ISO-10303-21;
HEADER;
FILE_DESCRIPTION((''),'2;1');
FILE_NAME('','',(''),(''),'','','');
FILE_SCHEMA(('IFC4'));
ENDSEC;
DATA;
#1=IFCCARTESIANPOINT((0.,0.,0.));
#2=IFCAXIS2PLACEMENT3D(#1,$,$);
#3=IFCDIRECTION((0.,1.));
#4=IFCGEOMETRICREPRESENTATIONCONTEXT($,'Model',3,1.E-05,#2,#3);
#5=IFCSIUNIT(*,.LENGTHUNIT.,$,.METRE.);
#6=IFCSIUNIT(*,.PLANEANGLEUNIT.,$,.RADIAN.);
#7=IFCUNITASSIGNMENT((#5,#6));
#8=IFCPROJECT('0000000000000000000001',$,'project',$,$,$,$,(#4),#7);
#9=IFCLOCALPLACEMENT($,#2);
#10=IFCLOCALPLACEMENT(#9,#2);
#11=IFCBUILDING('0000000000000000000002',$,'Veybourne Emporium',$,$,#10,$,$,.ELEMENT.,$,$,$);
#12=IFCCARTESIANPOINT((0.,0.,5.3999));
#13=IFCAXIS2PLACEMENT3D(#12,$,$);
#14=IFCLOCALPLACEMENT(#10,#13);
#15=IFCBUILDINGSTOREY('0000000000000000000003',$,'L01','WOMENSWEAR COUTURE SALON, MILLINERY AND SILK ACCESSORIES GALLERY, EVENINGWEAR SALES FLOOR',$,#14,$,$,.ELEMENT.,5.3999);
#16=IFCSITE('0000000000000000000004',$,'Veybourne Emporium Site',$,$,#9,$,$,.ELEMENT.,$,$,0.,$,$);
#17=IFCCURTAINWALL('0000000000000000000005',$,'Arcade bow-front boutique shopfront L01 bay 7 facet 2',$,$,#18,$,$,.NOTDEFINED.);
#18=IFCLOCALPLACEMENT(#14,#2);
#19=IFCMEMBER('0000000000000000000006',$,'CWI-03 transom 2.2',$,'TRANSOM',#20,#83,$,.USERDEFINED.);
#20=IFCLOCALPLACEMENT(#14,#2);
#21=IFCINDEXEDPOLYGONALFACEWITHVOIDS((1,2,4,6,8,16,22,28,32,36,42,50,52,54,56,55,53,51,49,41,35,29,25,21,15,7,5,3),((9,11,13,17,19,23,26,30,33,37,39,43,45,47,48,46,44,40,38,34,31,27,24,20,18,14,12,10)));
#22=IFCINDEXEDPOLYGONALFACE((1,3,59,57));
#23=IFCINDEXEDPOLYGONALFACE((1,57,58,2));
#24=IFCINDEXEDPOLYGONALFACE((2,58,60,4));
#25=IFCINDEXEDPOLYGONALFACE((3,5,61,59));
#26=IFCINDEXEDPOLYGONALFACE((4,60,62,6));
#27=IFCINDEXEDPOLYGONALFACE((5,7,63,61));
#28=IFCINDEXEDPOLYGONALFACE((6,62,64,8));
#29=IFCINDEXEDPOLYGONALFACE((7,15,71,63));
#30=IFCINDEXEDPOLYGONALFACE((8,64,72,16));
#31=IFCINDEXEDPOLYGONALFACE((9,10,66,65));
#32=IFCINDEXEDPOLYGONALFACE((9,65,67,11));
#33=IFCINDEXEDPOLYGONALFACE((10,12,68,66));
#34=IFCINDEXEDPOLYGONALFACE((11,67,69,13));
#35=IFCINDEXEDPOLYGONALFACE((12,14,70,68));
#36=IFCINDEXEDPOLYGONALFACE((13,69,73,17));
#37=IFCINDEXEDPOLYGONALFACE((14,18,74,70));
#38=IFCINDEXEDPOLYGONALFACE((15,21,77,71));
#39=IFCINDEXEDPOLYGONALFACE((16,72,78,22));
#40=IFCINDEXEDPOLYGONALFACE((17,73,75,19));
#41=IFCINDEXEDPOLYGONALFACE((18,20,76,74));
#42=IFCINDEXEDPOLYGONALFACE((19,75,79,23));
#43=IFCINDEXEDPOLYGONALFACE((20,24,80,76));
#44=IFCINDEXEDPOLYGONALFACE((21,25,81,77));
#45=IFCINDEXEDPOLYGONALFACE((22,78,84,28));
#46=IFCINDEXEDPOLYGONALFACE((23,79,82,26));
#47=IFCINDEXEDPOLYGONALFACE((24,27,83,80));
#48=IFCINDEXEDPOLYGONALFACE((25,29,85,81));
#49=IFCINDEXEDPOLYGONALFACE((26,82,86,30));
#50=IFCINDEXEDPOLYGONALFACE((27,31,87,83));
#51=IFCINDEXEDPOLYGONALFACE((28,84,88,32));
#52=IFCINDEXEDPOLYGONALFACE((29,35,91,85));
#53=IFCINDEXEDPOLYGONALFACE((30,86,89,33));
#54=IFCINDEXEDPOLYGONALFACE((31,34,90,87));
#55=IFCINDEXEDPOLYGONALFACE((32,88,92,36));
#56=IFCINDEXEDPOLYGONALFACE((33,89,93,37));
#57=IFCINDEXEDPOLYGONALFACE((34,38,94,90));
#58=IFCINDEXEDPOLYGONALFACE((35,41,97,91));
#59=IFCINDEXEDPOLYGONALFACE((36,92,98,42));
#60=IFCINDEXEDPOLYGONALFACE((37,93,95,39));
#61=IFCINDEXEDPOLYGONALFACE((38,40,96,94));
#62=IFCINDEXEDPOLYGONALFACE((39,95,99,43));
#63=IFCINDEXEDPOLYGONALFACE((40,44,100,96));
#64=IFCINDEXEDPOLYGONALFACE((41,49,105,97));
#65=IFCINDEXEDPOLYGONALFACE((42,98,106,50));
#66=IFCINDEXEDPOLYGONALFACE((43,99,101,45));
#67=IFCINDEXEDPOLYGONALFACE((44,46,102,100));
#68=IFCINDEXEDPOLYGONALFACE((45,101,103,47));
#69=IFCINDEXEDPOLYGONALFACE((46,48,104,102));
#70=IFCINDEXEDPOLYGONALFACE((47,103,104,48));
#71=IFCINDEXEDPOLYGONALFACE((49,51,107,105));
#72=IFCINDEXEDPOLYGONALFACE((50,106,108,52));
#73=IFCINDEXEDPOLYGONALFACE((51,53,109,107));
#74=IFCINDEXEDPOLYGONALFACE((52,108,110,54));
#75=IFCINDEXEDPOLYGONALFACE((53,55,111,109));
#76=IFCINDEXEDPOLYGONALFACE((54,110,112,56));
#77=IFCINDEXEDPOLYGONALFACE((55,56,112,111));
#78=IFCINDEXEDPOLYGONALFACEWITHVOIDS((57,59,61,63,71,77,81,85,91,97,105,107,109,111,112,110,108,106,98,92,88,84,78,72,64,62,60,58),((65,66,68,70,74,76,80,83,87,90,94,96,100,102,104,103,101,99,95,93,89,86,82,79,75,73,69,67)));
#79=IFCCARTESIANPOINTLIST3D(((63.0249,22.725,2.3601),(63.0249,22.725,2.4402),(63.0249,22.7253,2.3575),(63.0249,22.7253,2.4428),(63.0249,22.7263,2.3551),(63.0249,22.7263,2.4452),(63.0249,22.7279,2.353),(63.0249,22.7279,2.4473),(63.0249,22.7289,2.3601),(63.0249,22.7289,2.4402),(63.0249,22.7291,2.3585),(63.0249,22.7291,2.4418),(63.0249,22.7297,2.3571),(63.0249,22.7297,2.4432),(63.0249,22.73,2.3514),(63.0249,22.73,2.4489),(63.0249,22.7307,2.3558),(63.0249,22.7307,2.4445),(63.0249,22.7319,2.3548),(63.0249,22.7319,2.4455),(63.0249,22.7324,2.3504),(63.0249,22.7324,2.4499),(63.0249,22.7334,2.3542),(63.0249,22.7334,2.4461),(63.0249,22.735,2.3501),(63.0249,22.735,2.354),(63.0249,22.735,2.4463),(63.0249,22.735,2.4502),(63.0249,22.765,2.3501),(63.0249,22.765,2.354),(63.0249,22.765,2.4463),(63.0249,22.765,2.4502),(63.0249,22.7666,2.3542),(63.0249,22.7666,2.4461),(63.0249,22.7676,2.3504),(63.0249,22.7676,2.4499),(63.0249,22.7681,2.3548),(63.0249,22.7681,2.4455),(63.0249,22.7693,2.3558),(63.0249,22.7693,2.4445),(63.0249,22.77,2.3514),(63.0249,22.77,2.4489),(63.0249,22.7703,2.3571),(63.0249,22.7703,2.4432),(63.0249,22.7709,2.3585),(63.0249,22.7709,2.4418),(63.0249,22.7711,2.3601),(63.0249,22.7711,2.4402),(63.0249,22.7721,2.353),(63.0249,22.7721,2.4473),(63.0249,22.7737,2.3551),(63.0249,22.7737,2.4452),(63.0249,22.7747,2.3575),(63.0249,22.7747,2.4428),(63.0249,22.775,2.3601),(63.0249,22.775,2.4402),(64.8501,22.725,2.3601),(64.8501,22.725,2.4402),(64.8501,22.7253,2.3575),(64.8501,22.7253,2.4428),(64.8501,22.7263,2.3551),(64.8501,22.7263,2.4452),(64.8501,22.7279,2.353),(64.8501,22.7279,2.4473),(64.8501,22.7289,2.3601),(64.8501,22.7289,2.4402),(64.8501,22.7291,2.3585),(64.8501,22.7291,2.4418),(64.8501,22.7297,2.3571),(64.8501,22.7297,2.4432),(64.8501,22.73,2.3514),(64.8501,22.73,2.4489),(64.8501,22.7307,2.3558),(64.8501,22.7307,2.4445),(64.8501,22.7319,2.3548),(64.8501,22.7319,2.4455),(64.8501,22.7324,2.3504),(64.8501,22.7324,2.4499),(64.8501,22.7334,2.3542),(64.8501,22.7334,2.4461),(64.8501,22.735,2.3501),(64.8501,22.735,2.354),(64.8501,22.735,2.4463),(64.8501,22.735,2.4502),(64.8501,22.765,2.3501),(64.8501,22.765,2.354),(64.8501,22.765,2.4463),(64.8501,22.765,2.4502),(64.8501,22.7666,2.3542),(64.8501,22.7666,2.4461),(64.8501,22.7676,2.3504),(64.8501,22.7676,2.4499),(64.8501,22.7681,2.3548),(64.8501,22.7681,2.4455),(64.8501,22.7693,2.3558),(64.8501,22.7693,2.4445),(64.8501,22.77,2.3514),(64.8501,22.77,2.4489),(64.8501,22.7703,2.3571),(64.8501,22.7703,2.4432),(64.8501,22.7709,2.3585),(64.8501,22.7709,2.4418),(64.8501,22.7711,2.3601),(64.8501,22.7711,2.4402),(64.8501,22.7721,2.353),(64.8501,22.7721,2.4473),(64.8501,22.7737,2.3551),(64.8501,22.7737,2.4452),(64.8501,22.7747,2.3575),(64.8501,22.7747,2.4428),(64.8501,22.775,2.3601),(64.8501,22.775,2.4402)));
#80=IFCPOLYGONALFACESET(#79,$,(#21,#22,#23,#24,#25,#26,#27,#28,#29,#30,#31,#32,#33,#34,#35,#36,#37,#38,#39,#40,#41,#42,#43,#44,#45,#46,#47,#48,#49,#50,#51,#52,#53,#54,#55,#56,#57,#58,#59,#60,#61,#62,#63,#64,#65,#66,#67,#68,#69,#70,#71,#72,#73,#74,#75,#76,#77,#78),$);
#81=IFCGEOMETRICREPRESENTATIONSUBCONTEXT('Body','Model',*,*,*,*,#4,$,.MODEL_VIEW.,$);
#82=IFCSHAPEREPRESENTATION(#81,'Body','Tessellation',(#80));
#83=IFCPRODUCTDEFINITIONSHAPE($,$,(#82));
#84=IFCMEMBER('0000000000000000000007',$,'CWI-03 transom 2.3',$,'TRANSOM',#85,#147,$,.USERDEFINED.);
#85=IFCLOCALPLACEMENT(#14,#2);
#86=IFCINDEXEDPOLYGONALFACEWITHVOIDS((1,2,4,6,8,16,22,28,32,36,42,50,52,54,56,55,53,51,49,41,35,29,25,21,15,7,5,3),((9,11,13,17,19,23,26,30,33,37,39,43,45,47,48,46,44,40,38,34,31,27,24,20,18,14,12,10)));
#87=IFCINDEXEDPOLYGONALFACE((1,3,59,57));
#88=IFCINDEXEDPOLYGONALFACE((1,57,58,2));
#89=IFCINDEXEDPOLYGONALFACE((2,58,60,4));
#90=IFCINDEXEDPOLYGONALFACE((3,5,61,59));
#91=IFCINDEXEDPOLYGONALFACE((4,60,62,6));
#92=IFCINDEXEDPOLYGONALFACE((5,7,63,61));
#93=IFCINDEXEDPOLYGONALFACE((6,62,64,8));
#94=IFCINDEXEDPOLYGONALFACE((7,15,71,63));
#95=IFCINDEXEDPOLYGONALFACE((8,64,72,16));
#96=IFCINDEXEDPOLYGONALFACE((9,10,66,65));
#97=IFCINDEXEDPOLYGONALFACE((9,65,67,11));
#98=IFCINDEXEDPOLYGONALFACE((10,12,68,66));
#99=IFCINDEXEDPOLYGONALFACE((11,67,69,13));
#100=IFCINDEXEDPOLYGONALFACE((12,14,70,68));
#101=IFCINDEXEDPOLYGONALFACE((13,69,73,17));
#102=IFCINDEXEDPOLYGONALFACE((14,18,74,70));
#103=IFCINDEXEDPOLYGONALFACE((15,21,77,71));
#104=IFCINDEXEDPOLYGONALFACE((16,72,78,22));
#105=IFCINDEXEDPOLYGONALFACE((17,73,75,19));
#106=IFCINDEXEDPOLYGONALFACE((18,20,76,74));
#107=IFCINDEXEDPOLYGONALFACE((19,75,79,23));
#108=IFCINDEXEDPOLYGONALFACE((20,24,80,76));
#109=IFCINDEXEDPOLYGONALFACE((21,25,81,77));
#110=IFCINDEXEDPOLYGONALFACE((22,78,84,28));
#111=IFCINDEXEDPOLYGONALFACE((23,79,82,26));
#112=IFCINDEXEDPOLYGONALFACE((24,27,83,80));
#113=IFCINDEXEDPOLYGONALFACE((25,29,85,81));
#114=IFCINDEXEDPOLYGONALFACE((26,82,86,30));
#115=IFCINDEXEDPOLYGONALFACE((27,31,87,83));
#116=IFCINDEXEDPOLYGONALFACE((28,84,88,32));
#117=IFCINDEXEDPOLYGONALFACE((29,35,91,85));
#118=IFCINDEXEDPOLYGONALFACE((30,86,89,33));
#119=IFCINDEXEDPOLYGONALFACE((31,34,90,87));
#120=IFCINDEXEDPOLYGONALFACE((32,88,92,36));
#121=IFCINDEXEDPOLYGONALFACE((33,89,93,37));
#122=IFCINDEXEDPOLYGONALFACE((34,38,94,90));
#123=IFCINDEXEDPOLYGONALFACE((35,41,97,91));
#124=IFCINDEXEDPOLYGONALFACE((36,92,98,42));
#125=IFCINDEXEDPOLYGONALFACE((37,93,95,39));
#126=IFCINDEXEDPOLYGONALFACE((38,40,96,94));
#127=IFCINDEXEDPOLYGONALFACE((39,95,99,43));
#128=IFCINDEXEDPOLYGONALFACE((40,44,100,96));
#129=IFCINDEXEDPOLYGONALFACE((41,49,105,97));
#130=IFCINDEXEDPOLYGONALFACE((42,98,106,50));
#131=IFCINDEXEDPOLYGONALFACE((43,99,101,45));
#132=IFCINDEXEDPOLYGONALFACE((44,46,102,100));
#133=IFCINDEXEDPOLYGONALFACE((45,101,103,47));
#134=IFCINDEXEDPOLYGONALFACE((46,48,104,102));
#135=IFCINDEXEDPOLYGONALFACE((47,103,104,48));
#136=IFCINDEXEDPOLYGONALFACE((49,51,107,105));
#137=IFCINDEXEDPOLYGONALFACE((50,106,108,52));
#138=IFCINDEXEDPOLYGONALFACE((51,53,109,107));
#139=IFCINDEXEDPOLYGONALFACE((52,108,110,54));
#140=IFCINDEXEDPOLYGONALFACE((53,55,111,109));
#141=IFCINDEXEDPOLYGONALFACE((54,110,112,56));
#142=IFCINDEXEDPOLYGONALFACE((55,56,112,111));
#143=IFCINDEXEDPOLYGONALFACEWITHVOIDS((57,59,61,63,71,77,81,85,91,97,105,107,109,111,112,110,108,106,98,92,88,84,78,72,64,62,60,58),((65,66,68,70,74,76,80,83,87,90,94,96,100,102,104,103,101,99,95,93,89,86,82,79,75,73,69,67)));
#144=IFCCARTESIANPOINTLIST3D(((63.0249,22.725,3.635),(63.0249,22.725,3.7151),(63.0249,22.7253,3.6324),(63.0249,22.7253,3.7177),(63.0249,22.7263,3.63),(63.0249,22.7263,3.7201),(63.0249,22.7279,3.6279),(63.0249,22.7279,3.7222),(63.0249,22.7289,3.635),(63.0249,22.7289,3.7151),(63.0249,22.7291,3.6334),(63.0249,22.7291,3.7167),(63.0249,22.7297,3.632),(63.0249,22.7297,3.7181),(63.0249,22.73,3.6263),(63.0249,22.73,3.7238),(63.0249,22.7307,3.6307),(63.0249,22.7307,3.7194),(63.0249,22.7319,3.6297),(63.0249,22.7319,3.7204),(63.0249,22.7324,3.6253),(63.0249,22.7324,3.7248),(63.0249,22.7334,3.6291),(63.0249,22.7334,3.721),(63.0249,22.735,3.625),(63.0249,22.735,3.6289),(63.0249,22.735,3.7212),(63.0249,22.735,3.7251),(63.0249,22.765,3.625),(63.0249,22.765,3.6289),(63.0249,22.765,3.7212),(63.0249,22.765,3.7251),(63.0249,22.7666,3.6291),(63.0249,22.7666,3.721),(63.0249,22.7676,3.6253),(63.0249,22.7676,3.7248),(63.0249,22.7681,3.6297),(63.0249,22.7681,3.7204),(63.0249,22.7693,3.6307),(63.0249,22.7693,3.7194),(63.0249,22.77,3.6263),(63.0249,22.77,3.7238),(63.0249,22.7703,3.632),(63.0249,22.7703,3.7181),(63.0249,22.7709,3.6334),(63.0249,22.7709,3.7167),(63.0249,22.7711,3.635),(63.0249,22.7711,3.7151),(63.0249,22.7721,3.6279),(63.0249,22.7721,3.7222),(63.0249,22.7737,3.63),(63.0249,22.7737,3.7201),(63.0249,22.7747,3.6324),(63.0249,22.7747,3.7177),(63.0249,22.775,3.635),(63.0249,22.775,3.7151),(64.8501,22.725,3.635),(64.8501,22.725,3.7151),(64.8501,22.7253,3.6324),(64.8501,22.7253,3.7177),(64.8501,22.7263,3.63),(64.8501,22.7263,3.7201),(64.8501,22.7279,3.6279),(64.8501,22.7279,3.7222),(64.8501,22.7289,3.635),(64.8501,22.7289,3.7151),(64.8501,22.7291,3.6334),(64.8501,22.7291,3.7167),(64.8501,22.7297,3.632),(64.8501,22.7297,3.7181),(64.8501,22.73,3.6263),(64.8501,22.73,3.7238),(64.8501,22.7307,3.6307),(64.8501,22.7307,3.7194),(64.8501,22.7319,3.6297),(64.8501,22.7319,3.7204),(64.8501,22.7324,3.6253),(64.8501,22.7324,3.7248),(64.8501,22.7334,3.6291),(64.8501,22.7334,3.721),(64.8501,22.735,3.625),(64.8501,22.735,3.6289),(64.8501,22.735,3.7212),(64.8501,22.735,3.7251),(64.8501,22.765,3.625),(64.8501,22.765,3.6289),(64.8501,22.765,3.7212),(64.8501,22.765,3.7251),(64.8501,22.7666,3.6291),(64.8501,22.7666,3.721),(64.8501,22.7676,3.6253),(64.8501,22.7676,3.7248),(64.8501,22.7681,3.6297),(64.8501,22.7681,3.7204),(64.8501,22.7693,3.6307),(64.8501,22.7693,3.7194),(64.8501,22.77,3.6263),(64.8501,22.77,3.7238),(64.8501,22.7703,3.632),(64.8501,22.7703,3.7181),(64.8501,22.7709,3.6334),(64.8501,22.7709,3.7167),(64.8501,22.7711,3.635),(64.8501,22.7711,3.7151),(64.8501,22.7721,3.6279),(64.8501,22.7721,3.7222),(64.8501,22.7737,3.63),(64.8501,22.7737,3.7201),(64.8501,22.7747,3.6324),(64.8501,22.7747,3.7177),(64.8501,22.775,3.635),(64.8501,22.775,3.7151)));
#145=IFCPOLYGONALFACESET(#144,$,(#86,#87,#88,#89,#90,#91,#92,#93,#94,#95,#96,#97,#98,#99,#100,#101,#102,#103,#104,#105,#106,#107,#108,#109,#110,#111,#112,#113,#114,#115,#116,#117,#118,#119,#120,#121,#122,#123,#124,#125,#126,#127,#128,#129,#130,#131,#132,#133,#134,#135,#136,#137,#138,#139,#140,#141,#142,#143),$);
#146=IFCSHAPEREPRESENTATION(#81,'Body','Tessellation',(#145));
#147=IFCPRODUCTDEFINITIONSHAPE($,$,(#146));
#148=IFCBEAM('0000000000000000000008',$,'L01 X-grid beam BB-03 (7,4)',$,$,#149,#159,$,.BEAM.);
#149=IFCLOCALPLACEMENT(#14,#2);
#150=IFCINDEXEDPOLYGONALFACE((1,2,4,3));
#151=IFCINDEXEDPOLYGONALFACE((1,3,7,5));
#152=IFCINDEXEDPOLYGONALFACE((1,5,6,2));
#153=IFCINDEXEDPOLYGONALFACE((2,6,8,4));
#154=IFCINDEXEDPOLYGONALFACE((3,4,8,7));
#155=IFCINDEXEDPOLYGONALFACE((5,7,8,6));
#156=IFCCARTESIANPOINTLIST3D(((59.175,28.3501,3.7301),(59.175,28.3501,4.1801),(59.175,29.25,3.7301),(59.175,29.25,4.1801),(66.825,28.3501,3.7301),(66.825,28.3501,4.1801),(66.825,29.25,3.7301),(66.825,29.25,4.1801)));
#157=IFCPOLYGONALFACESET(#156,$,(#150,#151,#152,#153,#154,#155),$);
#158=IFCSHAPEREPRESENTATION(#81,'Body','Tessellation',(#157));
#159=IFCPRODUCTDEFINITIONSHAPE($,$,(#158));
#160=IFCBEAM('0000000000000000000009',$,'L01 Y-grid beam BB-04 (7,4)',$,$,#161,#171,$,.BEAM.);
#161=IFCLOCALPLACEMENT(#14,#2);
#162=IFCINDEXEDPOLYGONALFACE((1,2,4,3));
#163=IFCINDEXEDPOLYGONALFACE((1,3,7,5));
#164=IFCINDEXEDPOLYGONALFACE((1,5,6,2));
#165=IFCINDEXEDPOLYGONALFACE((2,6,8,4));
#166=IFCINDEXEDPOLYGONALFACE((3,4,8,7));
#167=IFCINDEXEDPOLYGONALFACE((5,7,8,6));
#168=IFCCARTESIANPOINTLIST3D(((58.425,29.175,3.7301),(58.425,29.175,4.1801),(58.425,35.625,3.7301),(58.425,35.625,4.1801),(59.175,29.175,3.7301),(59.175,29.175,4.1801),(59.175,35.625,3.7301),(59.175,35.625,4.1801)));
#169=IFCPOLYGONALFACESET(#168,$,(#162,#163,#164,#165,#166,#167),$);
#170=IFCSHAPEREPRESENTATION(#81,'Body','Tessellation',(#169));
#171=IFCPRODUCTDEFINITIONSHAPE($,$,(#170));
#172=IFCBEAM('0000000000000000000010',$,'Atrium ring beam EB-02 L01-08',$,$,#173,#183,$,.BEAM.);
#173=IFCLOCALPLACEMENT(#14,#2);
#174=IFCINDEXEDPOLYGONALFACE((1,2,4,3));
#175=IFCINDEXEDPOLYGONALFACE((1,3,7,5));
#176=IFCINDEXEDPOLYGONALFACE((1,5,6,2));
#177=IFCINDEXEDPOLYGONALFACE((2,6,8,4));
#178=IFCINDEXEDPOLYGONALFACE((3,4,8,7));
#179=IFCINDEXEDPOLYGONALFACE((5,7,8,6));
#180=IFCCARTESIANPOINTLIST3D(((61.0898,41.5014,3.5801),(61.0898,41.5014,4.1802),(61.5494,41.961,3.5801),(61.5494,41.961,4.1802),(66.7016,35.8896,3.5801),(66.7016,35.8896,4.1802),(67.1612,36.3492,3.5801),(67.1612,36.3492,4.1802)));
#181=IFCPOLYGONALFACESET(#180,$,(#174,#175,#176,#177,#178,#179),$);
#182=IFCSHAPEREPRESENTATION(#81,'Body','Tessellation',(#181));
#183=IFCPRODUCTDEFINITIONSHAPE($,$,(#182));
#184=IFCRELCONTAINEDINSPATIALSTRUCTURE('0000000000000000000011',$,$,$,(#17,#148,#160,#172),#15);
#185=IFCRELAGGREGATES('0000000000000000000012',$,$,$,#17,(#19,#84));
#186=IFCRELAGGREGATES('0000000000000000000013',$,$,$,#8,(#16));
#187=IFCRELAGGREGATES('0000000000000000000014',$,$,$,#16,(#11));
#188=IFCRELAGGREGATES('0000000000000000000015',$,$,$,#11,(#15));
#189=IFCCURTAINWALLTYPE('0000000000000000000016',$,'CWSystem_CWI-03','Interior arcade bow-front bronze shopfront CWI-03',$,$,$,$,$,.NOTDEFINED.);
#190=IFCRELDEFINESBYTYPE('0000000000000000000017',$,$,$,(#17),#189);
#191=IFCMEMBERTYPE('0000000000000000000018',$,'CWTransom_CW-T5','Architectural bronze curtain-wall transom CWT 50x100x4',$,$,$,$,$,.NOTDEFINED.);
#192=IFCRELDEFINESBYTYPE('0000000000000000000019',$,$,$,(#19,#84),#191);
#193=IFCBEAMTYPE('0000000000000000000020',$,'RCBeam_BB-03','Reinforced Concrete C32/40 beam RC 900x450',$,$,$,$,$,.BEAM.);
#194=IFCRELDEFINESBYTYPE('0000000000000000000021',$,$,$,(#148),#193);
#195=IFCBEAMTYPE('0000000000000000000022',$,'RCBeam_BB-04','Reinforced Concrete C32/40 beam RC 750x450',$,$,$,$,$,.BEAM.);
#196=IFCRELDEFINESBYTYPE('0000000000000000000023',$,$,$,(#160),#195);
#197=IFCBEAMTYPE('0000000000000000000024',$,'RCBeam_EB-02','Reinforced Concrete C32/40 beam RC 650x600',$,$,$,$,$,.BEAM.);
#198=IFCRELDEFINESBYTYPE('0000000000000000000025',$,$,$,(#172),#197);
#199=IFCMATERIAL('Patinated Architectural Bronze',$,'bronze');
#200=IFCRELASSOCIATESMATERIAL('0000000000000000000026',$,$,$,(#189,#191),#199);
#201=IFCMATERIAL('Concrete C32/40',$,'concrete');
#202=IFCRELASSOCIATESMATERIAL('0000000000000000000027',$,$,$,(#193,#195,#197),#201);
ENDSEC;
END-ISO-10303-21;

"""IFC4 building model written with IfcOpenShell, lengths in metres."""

from ifc_helpers import new_model, si_unit, direction, frame, origin, origin_2d, place, context, subcontext, project, spatial, rectangle, hollow_rectangle, extrude, material, material_profile, profile_set, type_object, element, aggregate, save


model = new_model("IFC4")

# Units and contexts
model_context = context("Model", 3, precision=1e-05, world=origin(), true_north=direction((0.0, 1.0)))
body_context = subcontext(model_context, "Body", "Model", "MODEL_VIEW")
ifc_project = project(units=[si_unit("LENGTHUNIT", "METRE"), si_unit("PLANEANGLEUNIT", "RADIAN")], contexts=[model_context])

# Site, building, storey
site_placement = place(None, origin())
site = spatial("IfcSite", under=ifc_project, at=site_placement, Name="Veybourne Emporium Site", CompositionType="ELEMENT", RefElevation=0.0)
building_placement = place(site_placement, origin())
building = spatial("IfcBuilding", under=site, at=building_placement, Name="Veybourne Emporium", CompositionType="ELEMENT")
storey_placement = place(building_placement, frame((0.0, 0.0, 5.3999)))
storey = spatial("IfcBuildingStorey", under=building, at=storey_placement, Name="L01", Description="WOMENSWEAR COUTURE SALON, MILLINERY AND SILK ACCESSORIES GALLERY, EVENINGWEAR SALES FLOOR", CompositionType="ELEMENT", Elevation=5.3999)

# Curtain wall, members
ifc_material_1 = material(Name="Patinated Architectural Bronze", Category="bronze")
curtain_wall_type = type_object("IfcCurtainWallType", Name="CWSystem_CWI-03", Description="Interior arcade bow-front bronze shopfront CWI-03", PredefinedType="NOTDEFINED", material=ifc_material_1)
curtain_wall_placement = place(storey_placement, origin())
curtain_wall = element("IfcCurtainWall", 1, at=curtain_wall_placement, inside=storey, type_object=curtain_wall_type, Name="Arcade bow-front boutique shopfront L01 bay 7 facet 2", PredefinedType="NOTDEFINED")
ifc_material_profile_1 = material_profile(ifc_material_1, hollow_rectangle(XDim=0.05, YDim=0.1001, WallThickness=0.0039, InnerFilletRadius=0.0061, OuterFilletRadius=0.01, at=origin_2d()), Name="CWT 50x100x4")
ifc_profile_set_1 = profile_set([ifc_material_profile_1], Name="Patinated Architectural Bronze")
member_type_1 = type_object("IfcMemberType", Name="CWTransom_CW-T5", Description="Architectural bronze curtain-wall transom CWT 50x100x4", PredefinedType="NOTDEFINED", material=ifc_profile_set_1)
member_1_placement = place(storey_placement, frame((63.0249, 22.75, 2.4001), z_axis=(1.0, 0.0, 0.0), x_axis=(0.0, 1.0, 0.0)))
member_1 = element("IfcMember", 2, at=member_1_placement, type_object=member_type_1, Name="CWI-03 transom 2.2", ObjectType="TRANSOM", PredefinedType="USERDEFINED", context=body_context, shape_type="SweptSolid", body=[
    extrude(hollow_rectangle(XDim=0.05, YDim=0.1001, WallThickness=0.0039, InnerFilletRadius=0.0061, OuterFilletRadius=0.01, at=origin_2d()), origin(), (0.0, 0.0, 1.0), 1.8252),
])
member_2_placement = place(storey_placement, frame((63.0249, 22.75, 3.675), z_axis=(1.0, 0.0, 0.0), x_axis=(0.0, 1.0, 0.0)))
member_2 = element("IfcMember", 3, at=member_2_placement, type_object=member_type_1, Name="CWI-03 transom 2.3", ObjectType="TRANSOM", PredefinedType="USERDEFINED", context=body_context, shape_type="SweptSolid", body=[
    extrude(hollow_rectangle(XDim=0.05, YDim=0.1001, WallThickness=0.0039, InnerFilletRadius=0.0061, OuterFilletRadius=0.01, at=origin_2d()), origin(), (0.0, 0.0, 1.0), 1.8252),
])

# Beams
ifc_material_2 = material(Name="Concrete C32/40", Category="concrete")
ifc_material_profile_2 = material_profile(ifc_material_2, rectangle(XDim=0.8999, YDim=0.45, at=origin_2d()), Name="RC 900x450")
ifc_profile_set_2 = profile_set([ifc_material_profile_2], Name="Concrete C32/40")
beam_type_1 = type_object("IfcBeamType", Name="RCBeam_BB-03", Description="Reinforced Concrete C32/40 beam RC 900x450", PredefinedType="BEAM", material=ifc_profile_set_2)
beam_1_placement = place(storey_placement, frame((59.175, 28.8, 3.9551), z_axis=(1.0, 0.0, 0.0), x_axis=(0.0, 1.0, 0.0)))
element("IfcBeam", 4, at=beam_1_placement, inside=storey, type_object=beam_type_1, Name="L01 X-grid beam BB-03 (7,4)", PredefinedType="BEAM", context=body_context, shape_type="SweptSolid", body=[
    extrude(rectangle(XDim=0.8999, YDim=0.45, at=origin_2d()), origin(), (0.0, 0.0, 1.0), 7.6499),
])
ifc_material_profile_3 = material_profile(ifc_material_2, rectangle(XDim=0.75, YDim=0.45, at=origin_2d()), Name="RC 750x450")
ifc_profile_set_3 = profile_set([ifc_material_profile_3], Name="Concrete C32/40")
beam_type_2 = type_object("IfcBeamType", Name="RCBeam_BB-04", Description="Reinforced Concrete C32/40 beam RC 750x450", PredefinedType="BEAM", material=ifc_profile_set_3)
beam_2_placement = place(storey_placement, frame((58.8, 29.175, 3.9551), z_axis=(0.0, 1.0, 0.0), x_axis=(-1.0, 0.0, 0.0)))
element("IfcBeam", 5, at=beam_2_placement, inside=storey, type_object=beam_type_2, Name="L01 Y-grid beam BB-04 (7,4)", PredefinedType="BEAM", context=body_context, shape_type="SweptSolid", body=[
    extrude(rectangle(XDim=0.75, YDim=0.45, at=origin_2d()), origin(), (0.0, 0.0, 1.0), 6.45),
])
ifc_material_profile_4 = material_profile(ifc_material_2, rectangle(XDim=0.6499, YDim=0.6001, at=origin_2d()), Name="RC 650x600")
ifc_profile_set_4 = profile_set([ifc_material_profile_4], Name="Concrete C32/40")
beam_type_3 = type_object("IfcBeamType", Name="RCBeam_EB-02", Description="Reinforced Concrete C32/40 beam RC 650x600", PredefinedType="BEAM", material=ifc_profile_set_4)
beam_3_placement = place(storey_placement, frame((61.3196, 41.7312, 3.8801), z_axis=(0.707107, -0.707107, 0.0), x_axis=(0.707107, 0.707107, 0.0)))
element("IfcBeam", 6, at=beam_3_placement, inside=storey, type_object=beam_type_3, Name="Atrium ring beam EB-02 L01-08", PredefinedType="BEAM", context=body_context, shape_type="SweptSolid", body=[
    extrude(rectangle(XDim=0.6499, YDim=0.6001, at=origin_2d()), origin(), (0.0, 0.0, 1.0), 7.9363),
])

aggregate(curtain_wall, [member_1, member_2])

save(model, "model.ifc")
